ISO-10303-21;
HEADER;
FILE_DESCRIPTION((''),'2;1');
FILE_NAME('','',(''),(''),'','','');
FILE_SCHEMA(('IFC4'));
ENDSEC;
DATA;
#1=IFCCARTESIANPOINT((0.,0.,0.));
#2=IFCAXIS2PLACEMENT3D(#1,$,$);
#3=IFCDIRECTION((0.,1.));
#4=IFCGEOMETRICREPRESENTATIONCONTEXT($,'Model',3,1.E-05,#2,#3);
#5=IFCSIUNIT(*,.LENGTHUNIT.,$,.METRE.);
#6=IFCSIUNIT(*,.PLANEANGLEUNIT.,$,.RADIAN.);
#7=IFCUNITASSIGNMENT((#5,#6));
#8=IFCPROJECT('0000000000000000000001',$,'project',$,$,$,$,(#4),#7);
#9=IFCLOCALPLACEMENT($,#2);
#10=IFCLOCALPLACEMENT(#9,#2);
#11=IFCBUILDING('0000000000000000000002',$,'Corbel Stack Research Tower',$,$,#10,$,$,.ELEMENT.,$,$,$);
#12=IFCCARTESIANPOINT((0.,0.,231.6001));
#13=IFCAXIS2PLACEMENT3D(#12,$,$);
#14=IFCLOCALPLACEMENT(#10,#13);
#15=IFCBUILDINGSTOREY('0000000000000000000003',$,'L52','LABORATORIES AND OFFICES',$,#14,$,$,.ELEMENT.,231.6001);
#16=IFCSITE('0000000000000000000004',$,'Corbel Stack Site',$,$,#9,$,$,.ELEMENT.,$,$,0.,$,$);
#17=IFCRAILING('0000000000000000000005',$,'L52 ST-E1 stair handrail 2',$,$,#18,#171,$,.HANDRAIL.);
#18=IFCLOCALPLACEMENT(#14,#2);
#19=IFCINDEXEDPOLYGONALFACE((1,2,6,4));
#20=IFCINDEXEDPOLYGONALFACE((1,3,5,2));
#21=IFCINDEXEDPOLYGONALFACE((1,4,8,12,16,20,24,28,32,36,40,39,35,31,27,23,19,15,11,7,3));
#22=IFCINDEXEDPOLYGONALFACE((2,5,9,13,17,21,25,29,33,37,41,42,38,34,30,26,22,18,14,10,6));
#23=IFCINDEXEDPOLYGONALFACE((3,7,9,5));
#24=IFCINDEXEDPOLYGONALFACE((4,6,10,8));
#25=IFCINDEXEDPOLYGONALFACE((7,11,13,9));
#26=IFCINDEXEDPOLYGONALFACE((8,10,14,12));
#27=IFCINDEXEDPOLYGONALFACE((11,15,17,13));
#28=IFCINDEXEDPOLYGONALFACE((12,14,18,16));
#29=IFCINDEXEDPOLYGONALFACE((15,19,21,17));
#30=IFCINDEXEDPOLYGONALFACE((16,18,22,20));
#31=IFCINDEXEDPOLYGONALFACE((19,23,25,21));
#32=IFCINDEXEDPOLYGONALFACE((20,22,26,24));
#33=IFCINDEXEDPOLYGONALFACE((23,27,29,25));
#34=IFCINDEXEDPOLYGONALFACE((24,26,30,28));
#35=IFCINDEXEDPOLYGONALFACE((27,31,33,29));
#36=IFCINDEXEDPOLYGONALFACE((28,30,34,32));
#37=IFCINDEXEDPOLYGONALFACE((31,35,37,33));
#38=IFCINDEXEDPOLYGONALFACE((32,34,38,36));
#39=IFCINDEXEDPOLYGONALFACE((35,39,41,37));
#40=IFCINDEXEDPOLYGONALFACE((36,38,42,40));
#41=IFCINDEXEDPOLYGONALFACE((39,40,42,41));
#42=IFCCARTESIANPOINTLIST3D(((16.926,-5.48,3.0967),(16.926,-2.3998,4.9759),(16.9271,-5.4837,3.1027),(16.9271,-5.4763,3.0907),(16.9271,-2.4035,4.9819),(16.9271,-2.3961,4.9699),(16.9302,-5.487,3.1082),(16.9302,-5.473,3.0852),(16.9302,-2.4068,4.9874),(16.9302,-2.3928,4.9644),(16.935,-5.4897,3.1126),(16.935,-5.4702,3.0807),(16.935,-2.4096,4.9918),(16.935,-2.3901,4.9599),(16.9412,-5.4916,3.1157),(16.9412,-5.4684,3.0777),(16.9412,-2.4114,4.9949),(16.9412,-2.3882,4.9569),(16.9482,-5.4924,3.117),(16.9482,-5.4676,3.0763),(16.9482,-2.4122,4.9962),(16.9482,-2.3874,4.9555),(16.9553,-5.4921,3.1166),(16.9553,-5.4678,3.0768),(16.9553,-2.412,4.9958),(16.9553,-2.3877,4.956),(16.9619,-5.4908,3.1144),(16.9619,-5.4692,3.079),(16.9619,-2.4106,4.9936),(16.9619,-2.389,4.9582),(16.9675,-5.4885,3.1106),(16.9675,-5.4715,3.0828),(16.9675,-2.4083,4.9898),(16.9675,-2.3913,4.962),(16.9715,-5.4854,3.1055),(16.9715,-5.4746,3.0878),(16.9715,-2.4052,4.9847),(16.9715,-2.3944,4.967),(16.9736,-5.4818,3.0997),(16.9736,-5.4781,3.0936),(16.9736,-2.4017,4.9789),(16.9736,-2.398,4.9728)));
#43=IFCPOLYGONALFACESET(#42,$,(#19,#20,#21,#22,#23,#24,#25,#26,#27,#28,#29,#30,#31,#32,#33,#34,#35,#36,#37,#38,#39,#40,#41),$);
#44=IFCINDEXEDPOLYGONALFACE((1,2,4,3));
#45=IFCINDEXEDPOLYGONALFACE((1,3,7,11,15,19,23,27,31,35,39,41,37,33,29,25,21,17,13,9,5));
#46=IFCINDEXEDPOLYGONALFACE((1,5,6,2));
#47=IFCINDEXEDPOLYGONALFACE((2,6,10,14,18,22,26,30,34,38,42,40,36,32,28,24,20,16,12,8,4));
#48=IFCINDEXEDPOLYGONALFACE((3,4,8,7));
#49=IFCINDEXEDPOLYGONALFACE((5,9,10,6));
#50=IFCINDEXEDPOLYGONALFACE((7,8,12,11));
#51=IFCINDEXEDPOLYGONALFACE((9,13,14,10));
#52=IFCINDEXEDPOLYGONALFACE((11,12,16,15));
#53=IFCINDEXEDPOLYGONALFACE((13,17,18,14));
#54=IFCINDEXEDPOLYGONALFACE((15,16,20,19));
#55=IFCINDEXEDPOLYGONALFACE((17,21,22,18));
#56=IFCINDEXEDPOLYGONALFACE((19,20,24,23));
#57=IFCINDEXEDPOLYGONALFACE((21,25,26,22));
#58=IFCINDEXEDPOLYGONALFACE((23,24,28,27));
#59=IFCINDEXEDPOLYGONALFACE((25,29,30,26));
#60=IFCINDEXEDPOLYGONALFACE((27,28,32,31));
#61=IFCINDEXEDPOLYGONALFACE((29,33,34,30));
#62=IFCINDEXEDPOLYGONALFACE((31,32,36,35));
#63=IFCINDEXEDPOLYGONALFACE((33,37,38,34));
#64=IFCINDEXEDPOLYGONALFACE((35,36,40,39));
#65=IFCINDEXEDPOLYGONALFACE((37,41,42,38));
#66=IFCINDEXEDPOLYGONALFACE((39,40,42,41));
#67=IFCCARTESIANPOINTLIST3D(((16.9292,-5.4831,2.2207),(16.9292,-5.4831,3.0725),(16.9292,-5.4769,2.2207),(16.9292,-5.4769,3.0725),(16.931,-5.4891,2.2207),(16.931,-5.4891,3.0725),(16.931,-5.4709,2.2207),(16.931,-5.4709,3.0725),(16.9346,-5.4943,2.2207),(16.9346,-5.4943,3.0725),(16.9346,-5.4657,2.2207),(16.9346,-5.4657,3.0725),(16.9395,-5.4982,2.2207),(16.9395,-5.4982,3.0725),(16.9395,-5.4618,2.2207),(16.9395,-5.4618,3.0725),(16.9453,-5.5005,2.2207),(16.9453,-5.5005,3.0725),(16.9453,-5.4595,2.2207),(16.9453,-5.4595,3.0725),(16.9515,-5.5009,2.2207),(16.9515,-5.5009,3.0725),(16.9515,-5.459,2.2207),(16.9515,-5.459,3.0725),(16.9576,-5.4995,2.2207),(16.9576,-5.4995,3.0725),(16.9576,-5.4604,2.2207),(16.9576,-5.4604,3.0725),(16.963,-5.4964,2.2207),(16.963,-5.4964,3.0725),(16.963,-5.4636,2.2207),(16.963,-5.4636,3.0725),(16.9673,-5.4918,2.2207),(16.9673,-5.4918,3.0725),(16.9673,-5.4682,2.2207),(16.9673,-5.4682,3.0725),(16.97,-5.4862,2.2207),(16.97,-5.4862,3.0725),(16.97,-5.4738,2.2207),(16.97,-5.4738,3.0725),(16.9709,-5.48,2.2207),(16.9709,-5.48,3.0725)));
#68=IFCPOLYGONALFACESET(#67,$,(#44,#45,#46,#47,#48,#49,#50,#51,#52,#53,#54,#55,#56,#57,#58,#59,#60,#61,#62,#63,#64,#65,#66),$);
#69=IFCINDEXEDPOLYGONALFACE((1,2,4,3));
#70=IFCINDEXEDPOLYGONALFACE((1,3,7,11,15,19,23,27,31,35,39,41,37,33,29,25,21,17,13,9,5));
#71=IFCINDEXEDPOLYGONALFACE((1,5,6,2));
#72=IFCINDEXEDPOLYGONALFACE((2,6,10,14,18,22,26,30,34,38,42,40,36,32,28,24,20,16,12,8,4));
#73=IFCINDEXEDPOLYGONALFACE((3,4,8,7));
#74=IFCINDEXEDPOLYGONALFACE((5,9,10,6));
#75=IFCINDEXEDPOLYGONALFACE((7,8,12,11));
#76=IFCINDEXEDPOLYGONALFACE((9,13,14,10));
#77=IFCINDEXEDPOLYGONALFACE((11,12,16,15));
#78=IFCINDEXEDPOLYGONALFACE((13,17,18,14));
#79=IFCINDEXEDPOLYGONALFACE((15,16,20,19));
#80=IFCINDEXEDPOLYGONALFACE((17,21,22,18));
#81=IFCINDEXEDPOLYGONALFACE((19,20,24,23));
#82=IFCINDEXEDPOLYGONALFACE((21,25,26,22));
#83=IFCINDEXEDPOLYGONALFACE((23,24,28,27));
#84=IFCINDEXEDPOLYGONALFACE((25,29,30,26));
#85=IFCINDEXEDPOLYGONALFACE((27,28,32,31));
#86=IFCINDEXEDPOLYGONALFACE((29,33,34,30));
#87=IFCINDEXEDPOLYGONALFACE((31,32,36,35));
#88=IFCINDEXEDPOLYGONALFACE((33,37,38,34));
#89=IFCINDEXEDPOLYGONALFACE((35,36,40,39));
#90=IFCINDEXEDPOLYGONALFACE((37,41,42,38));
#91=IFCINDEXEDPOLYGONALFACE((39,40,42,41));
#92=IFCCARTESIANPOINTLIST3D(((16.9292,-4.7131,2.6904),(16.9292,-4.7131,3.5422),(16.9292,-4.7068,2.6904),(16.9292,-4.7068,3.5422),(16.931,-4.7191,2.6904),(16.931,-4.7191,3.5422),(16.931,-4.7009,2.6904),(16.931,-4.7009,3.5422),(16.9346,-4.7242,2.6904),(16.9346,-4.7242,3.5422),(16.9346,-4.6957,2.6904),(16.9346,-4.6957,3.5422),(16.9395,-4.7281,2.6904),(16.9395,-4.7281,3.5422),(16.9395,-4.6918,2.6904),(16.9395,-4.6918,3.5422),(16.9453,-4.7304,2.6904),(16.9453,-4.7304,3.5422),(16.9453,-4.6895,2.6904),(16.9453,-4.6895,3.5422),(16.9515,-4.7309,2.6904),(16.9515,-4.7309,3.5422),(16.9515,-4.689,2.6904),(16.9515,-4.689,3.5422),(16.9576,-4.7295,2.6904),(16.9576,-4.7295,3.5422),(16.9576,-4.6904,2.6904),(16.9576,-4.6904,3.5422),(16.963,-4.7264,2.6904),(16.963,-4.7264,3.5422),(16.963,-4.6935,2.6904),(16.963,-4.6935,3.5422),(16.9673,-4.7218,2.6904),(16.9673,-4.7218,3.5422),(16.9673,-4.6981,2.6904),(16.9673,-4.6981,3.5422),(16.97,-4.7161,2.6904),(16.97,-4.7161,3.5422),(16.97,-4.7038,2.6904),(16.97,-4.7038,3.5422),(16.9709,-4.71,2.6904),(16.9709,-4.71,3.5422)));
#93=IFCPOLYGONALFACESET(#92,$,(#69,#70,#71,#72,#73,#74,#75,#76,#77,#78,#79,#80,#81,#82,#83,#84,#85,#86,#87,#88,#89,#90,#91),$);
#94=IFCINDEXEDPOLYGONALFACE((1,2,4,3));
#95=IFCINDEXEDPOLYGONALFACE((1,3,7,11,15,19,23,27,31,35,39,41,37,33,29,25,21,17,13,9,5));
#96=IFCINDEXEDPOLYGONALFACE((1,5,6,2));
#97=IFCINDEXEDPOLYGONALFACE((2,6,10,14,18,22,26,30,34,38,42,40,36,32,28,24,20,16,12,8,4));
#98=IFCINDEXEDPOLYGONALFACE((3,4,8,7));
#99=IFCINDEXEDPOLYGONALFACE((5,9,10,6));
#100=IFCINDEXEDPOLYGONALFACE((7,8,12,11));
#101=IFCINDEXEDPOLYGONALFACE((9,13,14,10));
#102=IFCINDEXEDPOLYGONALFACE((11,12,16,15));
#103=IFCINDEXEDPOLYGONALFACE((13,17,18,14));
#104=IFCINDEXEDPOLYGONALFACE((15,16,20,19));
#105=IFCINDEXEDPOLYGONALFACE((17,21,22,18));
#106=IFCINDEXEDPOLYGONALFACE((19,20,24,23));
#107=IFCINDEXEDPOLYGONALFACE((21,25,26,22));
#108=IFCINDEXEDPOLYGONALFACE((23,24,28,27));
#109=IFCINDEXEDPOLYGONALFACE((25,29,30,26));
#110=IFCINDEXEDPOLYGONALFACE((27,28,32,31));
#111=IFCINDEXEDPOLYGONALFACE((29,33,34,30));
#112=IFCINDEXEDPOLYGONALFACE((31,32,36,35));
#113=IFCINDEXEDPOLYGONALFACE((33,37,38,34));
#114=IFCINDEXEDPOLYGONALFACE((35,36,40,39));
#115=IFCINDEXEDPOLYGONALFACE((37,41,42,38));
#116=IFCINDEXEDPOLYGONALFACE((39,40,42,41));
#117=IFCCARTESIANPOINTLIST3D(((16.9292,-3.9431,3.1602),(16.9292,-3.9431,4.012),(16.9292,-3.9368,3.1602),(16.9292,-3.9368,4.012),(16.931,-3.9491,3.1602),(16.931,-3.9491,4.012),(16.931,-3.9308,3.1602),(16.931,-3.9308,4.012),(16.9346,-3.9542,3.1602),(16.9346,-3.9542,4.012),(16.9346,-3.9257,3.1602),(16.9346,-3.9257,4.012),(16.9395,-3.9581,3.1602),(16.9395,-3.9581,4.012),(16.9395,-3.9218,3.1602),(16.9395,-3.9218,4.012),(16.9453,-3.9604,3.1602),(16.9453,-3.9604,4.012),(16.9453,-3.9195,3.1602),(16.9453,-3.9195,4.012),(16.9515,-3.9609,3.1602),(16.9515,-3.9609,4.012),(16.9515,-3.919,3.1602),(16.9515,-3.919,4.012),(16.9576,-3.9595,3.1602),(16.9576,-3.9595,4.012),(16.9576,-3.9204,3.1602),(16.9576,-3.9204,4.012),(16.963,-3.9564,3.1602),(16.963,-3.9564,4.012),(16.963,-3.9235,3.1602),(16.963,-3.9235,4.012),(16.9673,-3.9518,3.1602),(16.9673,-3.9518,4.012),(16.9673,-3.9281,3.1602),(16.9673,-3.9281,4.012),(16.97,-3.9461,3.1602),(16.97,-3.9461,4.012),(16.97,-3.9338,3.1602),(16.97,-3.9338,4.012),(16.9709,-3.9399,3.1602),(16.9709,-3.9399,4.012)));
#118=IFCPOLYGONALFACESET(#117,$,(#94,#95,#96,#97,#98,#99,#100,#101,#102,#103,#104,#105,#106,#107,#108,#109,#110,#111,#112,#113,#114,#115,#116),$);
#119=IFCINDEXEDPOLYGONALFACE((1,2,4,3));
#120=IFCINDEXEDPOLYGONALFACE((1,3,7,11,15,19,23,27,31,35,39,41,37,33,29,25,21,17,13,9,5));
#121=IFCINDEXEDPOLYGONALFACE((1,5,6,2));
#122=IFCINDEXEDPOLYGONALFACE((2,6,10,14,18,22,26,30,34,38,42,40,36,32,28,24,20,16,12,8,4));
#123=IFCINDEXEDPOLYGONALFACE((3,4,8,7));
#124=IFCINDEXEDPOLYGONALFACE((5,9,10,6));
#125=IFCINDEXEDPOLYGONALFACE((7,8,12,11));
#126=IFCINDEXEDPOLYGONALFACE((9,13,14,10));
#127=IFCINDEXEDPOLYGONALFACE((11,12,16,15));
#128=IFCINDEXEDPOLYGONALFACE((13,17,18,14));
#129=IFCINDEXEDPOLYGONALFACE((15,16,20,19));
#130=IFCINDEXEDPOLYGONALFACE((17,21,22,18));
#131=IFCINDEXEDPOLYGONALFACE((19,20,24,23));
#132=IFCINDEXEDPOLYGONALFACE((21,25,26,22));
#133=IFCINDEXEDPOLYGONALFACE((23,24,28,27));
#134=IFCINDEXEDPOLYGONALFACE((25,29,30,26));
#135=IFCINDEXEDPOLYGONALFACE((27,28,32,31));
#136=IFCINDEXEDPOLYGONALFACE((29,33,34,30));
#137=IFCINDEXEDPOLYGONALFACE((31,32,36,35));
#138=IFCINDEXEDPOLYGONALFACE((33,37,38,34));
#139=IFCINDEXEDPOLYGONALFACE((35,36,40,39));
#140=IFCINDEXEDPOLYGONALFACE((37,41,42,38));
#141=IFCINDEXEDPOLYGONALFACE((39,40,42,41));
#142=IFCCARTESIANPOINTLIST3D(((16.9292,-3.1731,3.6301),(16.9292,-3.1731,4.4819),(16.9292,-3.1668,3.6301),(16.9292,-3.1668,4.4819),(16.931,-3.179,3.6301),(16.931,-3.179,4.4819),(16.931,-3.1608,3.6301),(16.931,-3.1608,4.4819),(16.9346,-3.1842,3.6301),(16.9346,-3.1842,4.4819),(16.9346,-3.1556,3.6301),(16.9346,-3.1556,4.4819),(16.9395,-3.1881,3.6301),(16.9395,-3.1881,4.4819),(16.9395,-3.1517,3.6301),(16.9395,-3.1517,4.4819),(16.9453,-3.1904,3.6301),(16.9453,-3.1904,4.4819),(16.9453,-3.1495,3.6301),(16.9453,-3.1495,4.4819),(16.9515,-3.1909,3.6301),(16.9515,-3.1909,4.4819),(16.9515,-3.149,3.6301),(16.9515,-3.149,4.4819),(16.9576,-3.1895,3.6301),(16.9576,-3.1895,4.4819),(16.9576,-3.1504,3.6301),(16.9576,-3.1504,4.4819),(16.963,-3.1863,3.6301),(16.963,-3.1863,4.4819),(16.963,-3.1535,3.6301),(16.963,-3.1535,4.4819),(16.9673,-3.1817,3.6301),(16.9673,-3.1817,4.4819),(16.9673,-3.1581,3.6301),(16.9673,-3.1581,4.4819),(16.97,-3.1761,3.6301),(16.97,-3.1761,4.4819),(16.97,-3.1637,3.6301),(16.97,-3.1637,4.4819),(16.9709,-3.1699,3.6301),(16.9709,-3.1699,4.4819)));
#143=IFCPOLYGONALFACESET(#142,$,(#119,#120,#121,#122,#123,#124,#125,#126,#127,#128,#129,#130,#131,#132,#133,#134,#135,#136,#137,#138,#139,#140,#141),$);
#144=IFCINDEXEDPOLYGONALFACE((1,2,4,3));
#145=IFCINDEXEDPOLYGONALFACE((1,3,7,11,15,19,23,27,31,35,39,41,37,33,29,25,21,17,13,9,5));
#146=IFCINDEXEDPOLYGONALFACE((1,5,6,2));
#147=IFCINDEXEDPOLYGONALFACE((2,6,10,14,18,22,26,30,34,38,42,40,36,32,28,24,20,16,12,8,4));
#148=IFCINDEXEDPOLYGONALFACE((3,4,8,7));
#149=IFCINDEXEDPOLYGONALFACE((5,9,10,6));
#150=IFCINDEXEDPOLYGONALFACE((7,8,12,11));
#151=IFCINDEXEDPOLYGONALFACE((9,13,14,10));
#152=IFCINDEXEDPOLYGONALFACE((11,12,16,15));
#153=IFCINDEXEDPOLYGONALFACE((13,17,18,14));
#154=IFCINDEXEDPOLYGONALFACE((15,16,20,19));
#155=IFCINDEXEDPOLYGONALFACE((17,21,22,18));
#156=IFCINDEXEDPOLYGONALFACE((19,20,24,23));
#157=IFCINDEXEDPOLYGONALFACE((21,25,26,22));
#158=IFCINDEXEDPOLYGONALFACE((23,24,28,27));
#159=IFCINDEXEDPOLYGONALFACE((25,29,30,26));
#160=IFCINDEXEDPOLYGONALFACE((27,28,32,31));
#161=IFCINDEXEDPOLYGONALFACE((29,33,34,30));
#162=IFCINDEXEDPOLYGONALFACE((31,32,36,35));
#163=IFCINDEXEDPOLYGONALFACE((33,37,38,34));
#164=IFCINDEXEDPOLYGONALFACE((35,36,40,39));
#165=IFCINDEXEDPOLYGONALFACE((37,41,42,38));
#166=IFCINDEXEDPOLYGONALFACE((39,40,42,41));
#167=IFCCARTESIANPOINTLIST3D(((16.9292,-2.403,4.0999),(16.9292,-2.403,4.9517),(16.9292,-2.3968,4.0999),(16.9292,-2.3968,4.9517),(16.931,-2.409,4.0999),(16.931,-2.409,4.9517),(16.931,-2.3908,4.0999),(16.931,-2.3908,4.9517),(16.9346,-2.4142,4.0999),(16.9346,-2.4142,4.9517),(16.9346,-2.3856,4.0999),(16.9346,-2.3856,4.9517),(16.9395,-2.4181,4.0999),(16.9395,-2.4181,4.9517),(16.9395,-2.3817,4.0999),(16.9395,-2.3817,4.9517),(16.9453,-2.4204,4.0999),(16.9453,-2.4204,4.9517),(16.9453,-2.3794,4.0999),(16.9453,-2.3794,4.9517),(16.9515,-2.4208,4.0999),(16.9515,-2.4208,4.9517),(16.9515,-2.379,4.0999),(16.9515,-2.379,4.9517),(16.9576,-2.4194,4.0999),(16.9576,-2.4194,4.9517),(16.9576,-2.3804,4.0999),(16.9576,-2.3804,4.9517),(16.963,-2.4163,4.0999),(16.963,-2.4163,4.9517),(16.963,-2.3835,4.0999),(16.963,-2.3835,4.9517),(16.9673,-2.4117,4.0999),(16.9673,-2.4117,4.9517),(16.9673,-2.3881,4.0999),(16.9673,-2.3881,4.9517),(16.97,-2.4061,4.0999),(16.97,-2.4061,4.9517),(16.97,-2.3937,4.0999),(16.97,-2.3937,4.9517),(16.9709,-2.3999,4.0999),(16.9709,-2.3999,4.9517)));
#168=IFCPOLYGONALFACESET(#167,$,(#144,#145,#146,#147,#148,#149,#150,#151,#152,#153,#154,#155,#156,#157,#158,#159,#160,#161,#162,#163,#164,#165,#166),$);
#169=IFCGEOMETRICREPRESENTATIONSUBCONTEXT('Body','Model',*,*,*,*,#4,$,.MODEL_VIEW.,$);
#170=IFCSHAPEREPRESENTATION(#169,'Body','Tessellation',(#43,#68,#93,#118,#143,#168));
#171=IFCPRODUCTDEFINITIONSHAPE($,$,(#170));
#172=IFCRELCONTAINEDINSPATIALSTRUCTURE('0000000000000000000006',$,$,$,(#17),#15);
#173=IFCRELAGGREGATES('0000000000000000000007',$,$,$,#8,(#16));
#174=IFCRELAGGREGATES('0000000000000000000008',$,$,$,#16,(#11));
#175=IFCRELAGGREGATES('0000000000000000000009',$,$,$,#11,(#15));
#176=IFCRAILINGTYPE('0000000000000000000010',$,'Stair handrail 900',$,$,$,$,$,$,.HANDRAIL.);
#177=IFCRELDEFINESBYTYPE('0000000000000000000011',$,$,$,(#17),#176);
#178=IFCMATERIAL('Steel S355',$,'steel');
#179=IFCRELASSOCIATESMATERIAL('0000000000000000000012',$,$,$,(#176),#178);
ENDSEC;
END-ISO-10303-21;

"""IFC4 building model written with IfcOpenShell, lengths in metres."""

from ifc_helpers import new_model, si_unit, direction, frame, origin, origin_2d, place, context, subcontext, project, spatial, circle, extrude, material, type_object, element, save


model = new_model("IFC4")

# Units and contexts
model_context = context("Model", 3, precision=1e-05, world=origin(), true_north=direction((0.0, 1.0)))
body_context = subcontext(model_context, "Body", "Model", "MODEL_VIEW")
ifc_project = project(units=[si_unit("LENGTHUNIT", "METRE"), si_unit("PLANEANGLEUNIT", "RADIAN")], contexts=[model_context])

# Site, building, storey
site_placement = place(None, origin())
site = spatial("IfcSite", under=ifc_project, at=site_placement, Name="Corbel Stack Site", CompositionType="ELEMENT", RefElevation=0.0)
building_placement = place(site_placement, origin())
building = spatial("IfcBuilding", under=site, at=building_placement, Name="Corbel Stack Research Tower", CompositionType="ELEMENT")
storey_placement = place(building_placement, frame((0.0, 0.0, 231.6001)))
storey = spatial("IfcBuildingStorey", under=building, at=storey_placement, Name="L52", Description="LABORATORIES AND OFFICES", CompositionType="ELEMENT", Elevation=231.6001)

# Railing
ifc_material_1 = material(Name="Steel S355", Category="steel")
railing_type_1 = type_object("IfcRailingType", Name="Stair handrail 900", PredefinedType="HANDRAIL", material=ifc_material_1)
railing_1_placement = place(storey_placement, frame((16.95, -5.48, 2.2207)))
element("IfcRailing", 1, at=railing_1_placement, inside=storey, type_object=railing_type_1, Name="L52 ST-E1 stair handrail 2", PredefinedType="HANDRAIL", context=body_context, shape_type="SweptSolid", body=[
    extrude(circle(Radius=0.0239, at=origin_2d()), frame((0.0, 0.0, 0.876), z_axis=(0.0, 0.853666, 0.52082), x_axis=(-1.0, 0.0, 0.0)), (0.0, 0.0, 1.0), 3.6082),
    extrude(circle(Radius=0.021, at=origin_2d()), origin(), (0.0, 0.0, 1.0), 0.8518),
    extrude(circle(Radius=0.021, at=origin_2d()), frame((0.0, 0.77, 0.4697)), (0.0, 0.0, 1.0), 0.8518),
    extrude(circle(Radius=0.021, at=origin_2d()), frame((0.0, 1.54, 0.9395)), (0.0, 0.0, 1.0), 0.8518),
    extrude(circle(Radius=0.021, at=origin_2d()), frame((0.0, 2.3101, 1.4094)), (0.0, 0.0, 1.0), 0.8518),
    extrude(circle(Radius=0.021, at=origin_2d()), frame((0.0, 3.0801, 1.8792)), (0.0, 0.0, 1.0), 0.8518),
])

save(model, "model.ifc")
